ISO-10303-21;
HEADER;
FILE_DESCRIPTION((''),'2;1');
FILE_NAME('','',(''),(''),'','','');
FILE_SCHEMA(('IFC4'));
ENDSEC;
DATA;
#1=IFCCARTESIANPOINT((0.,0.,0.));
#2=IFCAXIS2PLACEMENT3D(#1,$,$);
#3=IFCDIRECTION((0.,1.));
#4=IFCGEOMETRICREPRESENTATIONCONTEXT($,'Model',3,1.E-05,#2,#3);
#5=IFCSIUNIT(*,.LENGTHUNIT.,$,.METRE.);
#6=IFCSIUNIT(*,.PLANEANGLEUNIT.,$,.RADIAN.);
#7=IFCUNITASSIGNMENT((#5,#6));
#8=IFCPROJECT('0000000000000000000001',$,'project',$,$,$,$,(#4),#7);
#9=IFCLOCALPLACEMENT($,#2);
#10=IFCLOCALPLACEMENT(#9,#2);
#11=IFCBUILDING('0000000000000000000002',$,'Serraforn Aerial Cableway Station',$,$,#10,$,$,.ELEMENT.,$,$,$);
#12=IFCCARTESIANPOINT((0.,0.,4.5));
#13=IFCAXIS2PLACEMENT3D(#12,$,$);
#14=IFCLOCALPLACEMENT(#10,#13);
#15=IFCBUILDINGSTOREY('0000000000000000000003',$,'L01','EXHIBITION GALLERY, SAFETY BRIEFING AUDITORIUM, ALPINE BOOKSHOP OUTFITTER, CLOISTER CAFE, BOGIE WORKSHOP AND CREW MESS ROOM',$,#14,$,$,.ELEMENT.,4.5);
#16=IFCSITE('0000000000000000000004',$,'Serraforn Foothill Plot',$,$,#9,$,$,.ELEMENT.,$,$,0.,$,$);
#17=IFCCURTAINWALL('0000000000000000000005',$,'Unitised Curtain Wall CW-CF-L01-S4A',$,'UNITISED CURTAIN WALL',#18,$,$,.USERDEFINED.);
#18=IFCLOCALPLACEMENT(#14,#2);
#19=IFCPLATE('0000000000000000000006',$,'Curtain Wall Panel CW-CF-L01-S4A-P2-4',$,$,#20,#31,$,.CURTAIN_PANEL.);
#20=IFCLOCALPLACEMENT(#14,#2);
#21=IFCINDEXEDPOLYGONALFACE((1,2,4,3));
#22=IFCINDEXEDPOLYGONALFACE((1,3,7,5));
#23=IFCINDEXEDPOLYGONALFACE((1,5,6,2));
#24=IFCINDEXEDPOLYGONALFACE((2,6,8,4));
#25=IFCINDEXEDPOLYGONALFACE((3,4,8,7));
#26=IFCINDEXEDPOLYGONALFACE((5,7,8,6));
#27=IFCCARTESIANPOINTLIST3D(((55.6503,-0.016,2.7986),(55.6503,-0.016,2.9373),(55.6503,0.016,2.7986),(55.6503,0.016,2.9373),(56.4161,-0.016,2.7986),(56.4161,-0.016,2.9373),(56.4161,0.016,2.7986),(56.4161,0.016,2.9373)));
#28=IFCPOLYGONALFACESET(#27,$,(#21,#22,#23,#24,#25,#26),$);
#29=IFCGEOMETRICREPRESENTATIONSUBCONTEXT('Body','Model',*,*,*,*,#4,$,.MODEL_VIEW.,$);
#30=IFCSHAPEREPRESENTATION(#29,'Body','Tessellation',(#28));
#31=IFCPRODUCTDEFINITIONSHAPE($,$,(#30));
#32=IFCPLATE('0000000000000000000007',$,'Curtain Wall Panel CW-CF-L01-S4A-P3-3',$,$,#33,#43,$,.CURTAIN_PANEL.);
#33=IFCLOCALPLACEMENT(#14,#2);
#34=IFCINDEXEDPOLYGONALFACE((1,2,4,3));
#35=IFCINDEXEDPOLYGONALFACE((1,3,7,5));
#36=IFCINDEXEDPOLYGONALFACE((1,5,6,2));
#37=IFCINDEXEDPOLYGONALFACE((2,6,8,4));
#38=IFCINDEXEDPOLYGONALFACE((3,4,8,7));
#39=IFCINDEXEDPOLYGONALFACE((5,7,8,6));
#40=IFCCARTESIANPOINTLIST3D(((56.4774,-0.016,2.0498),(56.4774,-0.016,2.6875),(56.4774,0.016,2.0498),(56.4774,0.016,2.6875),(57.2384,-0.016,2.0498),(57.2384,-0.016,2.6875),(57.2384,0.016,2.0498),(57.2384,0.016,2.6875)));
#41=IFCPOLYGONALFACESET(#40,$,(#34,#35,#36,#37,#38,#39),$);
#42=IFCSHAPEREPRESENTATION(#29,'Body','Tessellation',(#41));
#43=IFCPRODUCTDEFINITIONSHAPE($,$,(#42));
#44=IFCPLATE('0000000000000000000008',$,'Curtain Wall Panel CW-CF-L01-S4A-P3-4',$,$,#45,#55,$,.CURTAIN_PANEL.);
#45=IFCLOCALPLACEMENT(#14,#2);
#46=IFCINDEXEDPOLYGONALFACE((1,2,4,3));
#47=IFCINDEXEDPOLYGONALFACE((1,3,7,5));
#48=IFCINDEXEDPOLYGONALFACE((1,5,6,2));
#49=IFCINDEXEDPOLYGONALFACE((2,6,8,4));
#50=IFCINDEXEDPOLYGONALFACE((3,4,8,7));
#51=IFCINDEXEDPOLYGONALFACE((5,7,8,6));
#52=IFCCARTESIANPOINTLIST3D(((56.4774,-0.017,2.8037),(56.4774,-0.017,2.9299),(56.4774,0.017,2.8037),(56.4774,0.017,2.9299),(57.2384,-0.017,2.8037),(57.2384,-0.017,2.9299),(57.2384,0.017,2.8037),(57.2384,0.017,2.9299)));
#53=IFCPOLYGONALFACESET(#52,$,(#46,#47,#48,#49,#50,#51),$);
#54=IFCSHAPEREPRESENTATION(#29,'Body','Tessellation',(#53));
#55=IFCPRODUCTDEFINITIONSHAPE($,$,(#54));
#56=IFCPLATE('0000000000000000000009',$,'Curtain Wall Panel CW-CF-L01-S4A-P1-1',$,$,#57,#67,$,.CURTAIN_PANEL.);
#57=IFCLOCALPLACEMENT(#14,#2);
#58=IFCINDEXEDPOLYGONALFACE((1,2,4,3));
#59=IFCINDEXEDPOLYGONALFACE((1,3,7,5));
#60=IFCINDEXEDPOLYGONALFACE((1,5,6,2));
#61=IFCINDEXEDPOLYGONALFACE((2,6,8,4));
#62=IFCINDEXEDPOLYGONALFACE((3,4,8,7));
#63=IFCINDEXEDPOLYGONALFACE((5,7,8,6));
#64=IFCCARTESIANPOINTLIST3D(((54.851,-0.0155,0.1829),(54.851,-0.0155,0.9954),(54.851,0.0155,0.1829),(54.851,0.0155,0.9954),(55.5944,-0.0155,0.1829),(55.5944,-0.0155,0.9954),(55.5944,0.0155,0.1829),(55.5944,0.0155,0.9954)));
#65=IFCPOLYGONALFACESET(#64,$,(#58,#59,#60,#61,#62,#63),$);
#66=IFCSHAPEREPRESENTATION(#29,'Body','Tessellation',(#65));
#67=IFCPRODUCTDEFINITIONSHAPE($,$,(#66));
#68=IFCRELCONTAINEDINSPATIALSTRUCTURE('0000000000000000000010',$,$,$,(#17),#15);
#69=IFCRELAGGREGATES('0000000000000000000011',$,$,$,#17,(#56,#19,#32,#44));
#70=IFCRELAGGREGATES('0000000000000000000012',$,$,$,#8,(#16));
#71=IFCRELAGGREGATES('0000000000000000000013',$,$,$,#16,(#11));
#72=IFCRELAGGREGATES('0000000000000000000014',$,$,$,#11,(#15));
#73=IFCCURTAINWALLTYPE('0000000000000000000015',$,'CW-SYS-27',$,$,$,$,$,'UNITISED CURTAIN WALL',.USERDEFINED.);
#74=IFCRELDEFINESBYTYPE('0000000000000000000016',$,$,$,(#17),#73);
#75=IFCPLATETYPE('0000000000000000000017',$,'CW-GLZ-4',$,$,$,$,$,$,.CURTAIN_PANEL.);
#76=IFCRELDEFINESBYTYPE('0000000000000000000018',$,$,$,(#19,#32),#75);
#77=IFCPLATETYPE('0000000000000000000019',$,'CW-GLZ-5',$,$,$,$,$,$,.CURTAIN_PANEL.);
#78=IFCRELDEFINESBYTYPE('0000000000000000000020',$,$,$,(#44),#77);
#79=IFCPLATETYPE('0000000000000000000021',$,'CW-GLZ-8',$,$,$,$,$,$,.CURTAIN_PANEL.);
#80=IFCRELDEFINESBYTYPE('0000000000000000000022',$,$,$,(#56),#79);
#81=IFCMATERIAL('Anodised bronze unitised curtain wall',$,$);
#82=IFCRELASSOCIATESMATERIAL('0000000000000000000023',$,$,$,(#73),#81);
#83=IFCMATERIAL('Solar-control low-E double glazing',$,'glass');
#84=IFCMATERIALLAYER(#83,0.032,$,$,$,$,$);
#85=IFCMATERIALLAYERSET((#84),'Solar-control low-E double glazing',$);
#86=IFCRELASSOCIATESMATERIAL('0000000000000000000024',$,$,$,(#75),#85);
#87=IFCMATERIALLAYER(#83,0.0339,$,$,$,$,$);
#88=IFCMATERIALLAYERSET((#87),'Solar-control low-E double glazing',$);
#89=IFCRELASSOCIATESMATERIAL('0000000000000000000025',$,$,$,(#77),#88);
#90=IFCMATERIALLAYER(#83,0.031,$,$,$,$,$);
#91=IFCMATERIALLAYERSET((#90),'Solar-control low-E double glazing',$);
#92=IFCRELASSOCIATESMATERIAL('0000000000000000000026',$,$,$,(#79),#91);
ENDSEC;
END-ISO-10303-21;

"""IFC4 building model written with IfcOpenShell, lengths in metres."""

from ifc_helpers import new_model, si_unit, direction, frame, origin, origin_2d, place, context, subcontext, project, spatial, rectangle, extrude, material, layer, layer_set, type_object, element, aggregate, save


model = new_model("IFC4")

# Units and contexts
model_context = context("Model", 3, precision=1e-05, world=origin(), true_north=direction((0.0, 1.0)))
body_context = subcontext(model_context, "Body", "Model", "MODEL_VIEW")
ifc_project = project(units=[si_unit("LENGTHUNIT", "METRE"), si_unit("PLANEANGLEUNIT", "RADIAN")], contexts=[model_context])

# Site, building, storey
site_placement = place(None, origin())
site = spatial("IfcSite", under=ifc_project, at=site_placement, Name="Serraforn Foothill Plot", CompositionType="ELEMENT", RefElevation=0.0)
building_placement = place(site_placement, origin())
building = spatial("IfcBuilding", under=site, at=building_placement, Name="Serraforn Aerial Cableway Station", CompositionType="ELEMENT")
storey_placement = place(building_placement, frame((0.0, 0.0, 4.5)))
storey = spatial("IfcBuildingStorey", under=building, at=storey_placement, Name="L01", Description="EXHIBITION GALLERY, SAFETY BRIEFING AUDITORIUM, ALPINE BOOKSHOP OUTFITTER, CLOISTER CAFE, BOGIE WORKSHOP AND CREW MESS ROOM", CompositionType="ELEMENT", Elevation=4.5)

# Curtain wall, plates
ifc_material_1 = material(Name="Anodised bronze unitised curtain wall")
curtain_wall_type = type_object("IfcCurtainWallType", Name="CW-SYS-27", ElementType="UNITISED CURTAIN WALL", PredefinedType="USERDEFINED", material=ifc_material_1)
curtain_wall_placement = place(storey_placement, origin())
curtain_wall = element("IfcCurtainWall", 1, at=curtain_wall_placement, inside=storey, type_object=curtain_wall_type, Name="Unitised Curtain Wall CW-CF-L01-S4A", ObjectType="UNITISED CURTAIN WALL", PredefinedType="USERDEFINED")
ifc_material_2 = material(Name="Solar-control low-E double glazing", Category="glass")
ifc_layer_1 = layer(ifc_material_2, 0.032)
ifc_layer_set_1 = layer_set([ifc_layer_1], Name="Solar-control low-E double glazing")
plate_type_1 = type_object("IfcPlateType", Name="CW-GLZ-4", PredefinedType="CURTAIN_PANEL", material=ifc_layer_set_1)
plate_1_placement = place(storey_placement, frame((56.0332, 0.0, 2.7986), z_axis=(0.0, 0.0, 1.0), x_axis=(1.0, 0.0, 0.0)))
plate_1 = element("IfcPlate", 2, at=plate_1_placement, type_object=plate_type_1, Name="Curtain Wall Panel CW-CF-L01-S4A-P2-4", PredefinedType="CURTAIN_PANEL", context=body_context, shape_type="SweptSolid", body=[
    extrude(rectangle(XDim=0.7659, YDim=0.032, at=origin_2d()), origin(), (0.0, 0.0, 1.0), 0.1387),
])
plate_2_placement = place(storey_placement, frame((56.8579, 0.0, 2.0498), z_axis=(0.0, 0.0, 1.0), x_axis=(1.0, 0.0, 0.0)))
plate_2 = element("IfcPlate", 3, at=plate_2_placement, type_object=plate_type_1, Name="Curtain Wall Panel CW-CF-L01-S4A-P3-3", PredefinedType="CURTAIN_PANEL", context=body_context, shape_type="SweptSolid", body=[
    extrude(rectangle(XDim=0.761, YDim=0.032, at=origin_2d()), origin(), (0.0, 0.0, 1.0), 0.6377),
])
ifc_layer_2 = layer(ifc_material_2, 0.0339)
ifc_layer_set_2 = layer_set([ifc_layer_2], Name="Solar-control low-E double glazing")
plate_type_2 = type_object("IfcPlateType", Name="CW-GLZ-5", PredefinedType="CURTAIN_PANEL", material=ifc_layer_set_2)
plate_3_placement = place(storey_placement, frame((56.8579, 0.0, 2.8037), z_axis=(0.0, 0.0, 1.0), x_axis=(1.0, 0.0, 0.0)))
plate_3 = element("IfcPlate", 4, at=plate_3_placement, type_object=plate_type_2, Name="Curtain Wall Panel CW-CF-L01-S4A-P3-4", PredefinedType="CURTAIN_PANEL", context=body_context, shape_type="SweptSolid", body=[
    extrude(rectangle(XDim=0.761, YDim=0.0339, at=origin_2d()), origin(), (0.0, 0.0, 1.0), 0.1262),
])
ifc_layer_3 = layer(ifc_material_2, 0.031)
ifc_layer_set_3 = layer_set([ifc_layer_3], Name="Solar-control low-E double glazing")
plate_type_3 = type_object("IfcPlateType", Name="CW-GLZ-8", PredefinedType="CURTAIN_PANEL", material=ifc_layer_set_3)
plate_4_placement = place(storey_placement, frame((55.2227, 0.0, 0.1829), z_axis=(0.0, 0.0, 1.0), x_axis=(1.0, 0.0, 0.0)))
plate_4 = element("IfcPlate", 5, at=plate_4_placement, type_object=plate_type_3, Name="Curtain Wall Panel CW-CF-L01-S4A-P1-1", PredefinedType="CURTAIN_PANEL", context=body_context, shape_type="SweptSolid", body=[
    extrude(rectangle(XDim=0.7434, YDim=0.031, at=origin_2d()), origin(), (0.0, 0.0, 1.0), 0.8125),
])
aggregate(curtain_wall, [plate_4, plate_1, plate_2, plate_3])

save(model, "model.ifc")
